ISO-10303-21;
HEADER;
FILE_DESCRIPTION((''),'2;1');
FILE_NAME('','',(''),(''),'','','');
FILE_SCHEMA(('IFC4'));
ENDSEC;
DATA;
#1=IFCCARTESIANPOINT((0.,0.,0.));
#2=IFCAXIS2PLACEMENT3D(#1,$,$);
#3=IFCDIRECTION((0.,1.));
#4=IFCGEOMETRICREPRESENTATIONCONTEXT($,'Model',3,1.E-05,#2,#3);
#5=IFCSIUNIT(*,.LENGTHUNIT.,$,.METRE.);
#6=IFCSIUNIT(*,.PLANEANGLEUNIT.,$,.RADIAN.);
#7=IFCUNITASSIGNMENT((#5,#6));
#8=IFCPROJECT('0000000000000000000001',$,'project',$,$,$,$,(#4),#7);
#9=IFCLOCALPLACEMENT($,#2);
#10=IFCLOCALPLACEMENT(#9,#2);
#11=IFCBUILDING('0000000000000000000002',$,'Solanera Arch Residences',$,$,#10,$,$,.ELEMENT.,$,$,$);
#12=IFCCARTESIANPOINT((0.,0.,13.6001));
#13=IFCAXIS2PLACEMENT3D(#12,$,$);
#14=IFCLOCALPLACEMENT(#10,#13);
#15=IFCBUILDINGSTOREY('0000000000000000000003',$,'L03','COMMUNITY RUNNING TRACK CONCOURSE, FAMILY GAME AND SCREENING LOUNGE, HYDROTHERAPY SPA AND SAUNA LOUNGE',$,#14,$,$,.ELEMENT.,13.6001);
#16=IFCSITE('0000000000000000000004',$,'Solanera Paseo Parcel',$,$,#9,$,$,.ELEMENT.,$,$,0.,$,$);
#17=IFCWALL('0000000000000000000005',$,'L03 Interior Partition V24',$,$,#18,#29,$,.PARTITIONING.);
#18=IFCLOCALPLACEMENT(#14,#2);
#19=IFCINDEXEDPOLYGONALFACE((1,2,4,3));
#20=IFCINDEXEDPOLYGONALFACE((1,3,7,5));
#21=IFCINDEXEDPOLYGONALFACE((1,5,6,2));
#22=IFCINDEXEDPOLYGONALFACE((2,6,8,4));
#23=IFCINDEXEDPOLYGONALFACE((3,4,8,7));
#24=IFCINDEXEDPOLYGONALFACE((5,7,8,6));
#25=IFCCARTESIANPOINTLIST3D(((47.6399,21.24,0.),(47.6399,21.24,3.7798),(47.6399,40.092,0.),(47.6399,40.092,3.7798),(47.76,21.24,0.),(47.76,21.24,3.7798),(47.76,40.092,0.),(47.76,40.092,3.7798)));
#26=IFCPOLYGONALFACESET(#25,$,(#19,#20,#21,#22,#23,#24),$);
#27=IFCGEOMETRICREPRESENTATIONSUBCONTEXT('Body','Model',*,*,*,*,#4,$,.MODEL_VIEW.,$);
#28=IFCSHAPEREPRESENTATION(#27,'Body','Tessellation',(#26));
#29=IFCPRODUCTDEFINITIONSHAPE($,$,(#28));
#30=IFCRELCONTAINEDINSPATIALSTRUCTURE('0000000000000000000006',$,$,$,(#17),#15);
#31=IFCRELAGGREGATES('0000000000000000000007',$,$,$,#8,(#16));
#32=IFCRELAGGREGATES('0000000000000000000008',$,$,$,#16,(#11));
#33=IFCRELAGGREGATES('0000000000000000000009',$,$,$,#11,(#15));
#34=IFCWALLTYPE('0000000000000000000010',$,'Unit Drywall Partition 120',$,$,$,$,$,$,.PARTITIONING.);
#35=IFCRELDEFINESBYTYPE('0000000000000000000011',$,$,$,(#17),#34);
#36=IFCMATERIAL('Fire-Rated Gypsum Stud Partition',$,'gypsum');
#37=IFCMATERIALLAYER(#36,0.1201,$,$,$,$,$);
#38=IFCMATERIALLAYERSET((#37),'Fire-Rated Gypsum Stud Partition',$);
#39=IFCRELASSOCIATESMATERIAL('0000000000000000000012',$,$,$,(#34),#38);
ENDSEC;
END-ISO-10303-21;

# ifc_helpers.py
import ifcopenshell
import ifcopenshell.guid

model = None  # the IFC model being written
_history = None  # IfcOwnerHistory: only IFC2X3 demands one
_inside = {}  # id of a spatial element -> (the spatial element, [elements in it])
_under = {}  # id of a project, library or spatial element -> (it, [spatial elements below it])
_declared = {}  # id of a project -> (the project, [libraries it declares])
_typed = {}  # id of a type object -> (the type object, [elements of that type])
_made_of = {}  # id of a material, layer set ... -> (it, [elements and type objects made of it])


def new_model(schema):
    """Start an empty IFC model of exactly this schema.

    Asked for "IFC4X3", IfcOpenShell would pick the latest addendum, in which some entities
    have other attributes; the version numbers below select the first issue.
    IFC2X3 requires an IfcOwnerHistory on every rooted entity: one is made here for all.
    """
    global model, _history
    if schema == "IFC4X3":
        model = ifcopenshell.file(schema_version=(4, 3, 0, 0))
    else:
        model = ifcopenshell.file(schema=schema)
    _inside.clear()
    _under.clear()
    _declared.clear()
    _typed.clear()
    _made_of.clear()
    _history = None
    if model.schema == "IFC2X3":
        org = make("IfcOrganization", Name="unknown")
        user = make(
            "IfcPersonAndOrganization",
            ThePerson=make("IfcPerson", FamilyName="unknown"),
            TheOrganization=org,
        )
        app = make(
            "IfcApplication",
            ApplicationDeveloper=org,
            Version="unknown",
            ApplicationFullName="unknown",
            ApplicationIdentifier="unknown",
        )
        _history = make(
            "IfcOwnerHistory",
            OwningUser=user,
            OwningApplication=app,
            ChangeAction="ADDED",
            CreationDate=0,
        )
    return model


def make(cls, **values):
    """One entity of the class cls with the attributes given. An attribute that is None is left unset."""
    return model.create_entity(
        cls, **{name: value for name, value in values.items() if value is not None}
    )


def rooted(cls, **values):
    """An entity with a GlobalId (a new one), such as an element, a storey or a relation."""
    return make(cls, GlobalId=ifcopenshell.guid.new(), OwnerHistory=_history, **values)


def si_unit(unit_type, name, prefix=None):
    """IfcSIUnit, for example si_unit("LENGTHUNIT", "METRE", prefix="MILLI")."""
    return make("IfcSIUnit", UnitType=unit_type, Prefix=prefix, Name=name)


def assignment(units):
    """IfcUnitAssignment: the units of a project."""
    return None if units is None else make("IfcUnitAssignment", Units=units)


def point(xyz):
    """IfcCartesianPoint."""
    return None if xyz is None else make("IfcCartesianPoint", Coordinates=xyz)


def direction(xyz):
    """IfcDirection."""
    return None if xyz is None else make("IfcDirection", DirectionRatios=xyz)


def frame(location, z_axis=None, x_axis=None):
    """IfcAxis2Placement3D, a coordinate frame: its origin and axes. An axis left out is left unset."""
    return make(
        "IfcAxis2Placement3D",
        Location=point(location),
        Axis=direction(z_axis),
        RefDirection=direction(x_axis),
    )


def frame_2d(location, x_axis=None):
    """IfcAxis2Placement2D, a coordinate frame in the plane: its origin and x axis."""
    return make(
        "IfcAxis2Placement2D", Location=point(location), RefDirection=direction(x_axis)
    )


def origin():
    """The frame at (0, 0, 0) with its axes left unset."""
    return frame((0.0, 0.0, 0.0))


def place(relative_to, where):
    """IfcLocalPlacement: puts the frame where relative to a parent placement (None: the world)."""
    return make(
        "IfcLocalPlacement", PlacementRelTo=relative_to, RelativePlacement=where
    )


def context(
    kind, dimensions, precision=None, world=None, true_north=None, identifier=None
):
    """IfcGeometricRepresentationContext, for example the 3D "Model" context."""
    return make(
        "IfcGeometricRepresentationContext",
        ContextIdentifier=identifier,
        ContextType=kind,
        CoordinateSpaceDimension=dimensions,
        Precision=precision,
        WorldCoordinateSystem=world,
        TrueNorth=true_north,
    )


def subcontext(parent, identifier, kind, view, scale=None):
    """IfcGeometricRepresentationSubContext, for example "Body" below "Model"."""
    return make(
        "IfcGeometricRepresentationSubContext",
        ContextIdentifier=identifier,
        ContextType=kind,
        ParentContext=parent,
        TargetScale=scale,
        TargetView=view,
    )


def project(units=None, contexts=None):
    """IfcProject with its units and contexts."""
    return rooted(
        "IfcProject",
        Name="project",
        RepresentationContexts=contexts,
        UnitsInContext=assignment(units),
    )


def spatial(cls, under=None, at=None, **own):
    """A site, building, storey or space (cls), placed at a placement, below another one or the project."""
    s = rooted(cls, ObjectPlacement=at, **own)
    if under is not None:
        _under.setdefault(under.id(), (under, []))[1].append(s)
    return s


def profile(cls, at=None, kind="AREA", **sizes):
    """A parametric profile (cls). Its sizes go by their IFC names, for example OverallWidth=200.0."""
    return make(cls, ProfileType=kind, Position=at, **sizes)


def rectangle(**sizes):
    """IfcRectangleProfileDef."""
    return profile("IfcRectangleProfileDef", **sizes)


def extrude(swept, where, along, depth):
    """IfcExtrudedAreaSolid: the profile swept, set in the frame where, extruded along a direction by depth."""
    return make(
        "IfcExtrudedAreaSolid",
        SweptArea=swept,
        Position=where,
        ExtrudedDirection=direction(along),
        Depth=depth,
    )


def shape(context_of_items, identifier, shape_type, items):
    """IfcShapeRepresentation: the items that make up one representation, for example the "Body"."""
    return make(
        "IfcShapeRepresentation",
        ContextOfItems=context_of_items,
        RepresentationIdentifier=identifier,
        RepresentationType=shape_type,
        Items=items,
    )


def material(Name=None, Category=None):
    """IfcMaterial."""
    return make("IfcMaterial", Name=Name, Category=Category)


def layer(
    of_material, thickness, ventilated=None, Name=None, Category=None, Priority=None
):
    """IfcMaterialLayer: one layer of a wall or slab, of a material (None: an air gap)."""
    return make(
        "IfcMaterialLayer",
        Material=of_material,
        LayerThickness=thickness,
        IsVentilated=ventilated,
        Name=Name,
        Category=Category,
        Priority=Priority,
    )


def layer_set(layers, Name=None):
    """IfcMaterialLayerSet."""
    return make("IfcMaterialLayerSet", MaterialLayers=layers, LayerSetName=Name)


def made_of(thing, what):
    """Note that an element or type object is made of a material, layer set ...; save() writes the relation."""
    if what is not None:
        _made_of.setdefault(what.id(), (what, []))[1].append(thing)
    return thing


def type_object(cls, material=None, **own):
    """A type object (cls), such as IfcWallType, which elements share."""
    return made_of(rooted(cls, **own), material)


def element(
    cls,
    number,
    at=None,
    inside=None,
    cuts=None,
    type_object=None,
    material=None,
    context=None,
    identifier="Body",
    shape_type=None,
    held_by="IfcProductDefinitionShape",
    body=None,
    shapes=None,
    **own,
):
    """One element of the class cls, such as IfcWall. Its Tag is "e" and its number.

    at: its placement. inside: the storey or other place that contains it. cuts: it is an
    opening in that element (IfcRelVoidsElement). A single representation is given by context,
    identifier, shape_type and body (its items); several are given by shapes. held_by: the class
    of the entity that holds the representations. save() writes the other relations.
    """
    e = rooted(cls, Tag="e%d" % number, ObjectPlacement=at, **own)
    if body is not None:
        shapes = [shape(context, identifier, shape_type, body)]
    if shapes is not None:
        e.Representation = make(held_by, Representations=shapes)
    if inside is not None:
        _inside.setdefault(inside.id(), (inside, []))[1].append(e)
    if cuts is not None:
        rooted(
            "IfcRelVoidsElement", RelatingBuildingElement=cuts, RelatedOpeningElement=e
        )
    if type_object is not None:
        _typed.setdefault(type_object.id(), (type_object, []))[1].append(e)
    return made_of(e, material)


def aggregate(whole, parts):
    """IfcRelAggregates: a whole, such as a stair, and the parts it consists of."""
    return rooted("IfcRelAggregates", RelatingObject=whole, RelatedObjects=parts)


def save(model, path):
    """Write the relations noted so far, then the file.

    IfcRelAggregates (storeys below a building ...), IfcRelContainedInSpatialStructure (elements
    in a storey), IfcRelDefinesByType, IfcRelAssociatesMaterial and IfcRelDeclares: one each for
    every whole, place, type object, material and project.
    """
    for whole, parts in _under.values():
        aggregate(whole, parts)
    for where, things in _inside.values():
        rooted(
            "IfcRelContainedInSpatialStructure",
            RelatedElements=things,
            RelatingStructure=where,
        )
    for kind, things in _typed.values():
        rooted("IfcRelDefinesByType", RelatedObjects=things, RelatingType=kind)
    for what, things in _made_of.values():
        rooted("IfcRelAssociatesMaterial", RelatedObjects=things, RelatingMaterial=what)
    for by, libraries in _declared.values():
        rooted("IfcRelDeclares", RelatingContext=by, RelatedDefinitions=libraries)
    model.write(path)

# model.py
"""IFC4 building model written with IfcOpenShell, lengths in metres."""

from ifc_helpers import new_model, si_unit, direction, frame, frame_2d, origin, place, context, subcontext, project, spatial, rectangle, extrude, material, layer, layer_set, type_object, element, save


model = new_model("IFC4")

# Units and contexts
model_context = context("Model", 3, precision=1e-05, world=origin(), true_north=direction((0.0, 1.0)))
body_context = subcontext(model_context, "Body", "Model", "MODEL_VIEW")
ifc_project = project(units=[si_unit("LENGTHUNIT", "METRE"), si_unit("PLANEANGLEUNIT", "RADIAN")], contexts=[model_context])

# Site, building, storey
site_placement = place(None, origin())
site = spatial("IfcSite", under=ifc_project, at=site_placement, Name="Solanera Paseo Parcel", CompositionType="ELEMENT", RefElevation=0.0)
building_placement = place(site_placement, origin())
building = spatial("IfcBuilding", under=site, at=building_placement, Name="Solanera Arch Residences", CompositionType="ELEMENT")
storey_placement = place(building_placement, frame((0.0, 0.0, 13.6001)))
storey = spatial("IfcBuildingStorey", under=building, at=storey_placement, Name="L03", Description="COMMUNITY RUNNING TRACK CONCOURSE, FAMILY GAME AND SCREENING LOUNGE, HYDROTHERAPY SPA AND SAUNA LOUNGE", CompositionType="ELEMENT", Elevation=13.6001)

# Wall
ifc_material_1 = material(Name="Fire-Rated Gypsum Stud Partition", Category="gypsum")
ifc_layer_1 = layer(ifc_material_1, 0.1201)
ifc_layer_set_1 = layer_set([ifc_layer_1], Name="Fire-Rated Gypsum Stud Partition")
wall_type_1 = type_object("IfcWallType", Name="Unit Drywall Partition 120", PredefinedType="PARTITIONING", material=ifc_layer_set_1)
wall_1_placement = place(storey_placement, frame((47.7, 21.24, 0.0), z_axis=(0.0, 0.0, 1.0), x_axis=(0.0, 1.0, 0.0)))
element("IfcWall", 1, at=wall_1_placement, inside=storey, type_object=wall_type_1, Name="L03 Interior Partition V24", PredefinedType="PARTITIONING", context=body_context, shape_type="SweptSolid", body=[
    extrude(rectangle(XDim=18.8521, YDim=0.1201, at=frame_2d((9.426, 0.0))), origin(), (0.0, 0.0, 1.0), 3.7798),
])

save(model, "model.ifc")
